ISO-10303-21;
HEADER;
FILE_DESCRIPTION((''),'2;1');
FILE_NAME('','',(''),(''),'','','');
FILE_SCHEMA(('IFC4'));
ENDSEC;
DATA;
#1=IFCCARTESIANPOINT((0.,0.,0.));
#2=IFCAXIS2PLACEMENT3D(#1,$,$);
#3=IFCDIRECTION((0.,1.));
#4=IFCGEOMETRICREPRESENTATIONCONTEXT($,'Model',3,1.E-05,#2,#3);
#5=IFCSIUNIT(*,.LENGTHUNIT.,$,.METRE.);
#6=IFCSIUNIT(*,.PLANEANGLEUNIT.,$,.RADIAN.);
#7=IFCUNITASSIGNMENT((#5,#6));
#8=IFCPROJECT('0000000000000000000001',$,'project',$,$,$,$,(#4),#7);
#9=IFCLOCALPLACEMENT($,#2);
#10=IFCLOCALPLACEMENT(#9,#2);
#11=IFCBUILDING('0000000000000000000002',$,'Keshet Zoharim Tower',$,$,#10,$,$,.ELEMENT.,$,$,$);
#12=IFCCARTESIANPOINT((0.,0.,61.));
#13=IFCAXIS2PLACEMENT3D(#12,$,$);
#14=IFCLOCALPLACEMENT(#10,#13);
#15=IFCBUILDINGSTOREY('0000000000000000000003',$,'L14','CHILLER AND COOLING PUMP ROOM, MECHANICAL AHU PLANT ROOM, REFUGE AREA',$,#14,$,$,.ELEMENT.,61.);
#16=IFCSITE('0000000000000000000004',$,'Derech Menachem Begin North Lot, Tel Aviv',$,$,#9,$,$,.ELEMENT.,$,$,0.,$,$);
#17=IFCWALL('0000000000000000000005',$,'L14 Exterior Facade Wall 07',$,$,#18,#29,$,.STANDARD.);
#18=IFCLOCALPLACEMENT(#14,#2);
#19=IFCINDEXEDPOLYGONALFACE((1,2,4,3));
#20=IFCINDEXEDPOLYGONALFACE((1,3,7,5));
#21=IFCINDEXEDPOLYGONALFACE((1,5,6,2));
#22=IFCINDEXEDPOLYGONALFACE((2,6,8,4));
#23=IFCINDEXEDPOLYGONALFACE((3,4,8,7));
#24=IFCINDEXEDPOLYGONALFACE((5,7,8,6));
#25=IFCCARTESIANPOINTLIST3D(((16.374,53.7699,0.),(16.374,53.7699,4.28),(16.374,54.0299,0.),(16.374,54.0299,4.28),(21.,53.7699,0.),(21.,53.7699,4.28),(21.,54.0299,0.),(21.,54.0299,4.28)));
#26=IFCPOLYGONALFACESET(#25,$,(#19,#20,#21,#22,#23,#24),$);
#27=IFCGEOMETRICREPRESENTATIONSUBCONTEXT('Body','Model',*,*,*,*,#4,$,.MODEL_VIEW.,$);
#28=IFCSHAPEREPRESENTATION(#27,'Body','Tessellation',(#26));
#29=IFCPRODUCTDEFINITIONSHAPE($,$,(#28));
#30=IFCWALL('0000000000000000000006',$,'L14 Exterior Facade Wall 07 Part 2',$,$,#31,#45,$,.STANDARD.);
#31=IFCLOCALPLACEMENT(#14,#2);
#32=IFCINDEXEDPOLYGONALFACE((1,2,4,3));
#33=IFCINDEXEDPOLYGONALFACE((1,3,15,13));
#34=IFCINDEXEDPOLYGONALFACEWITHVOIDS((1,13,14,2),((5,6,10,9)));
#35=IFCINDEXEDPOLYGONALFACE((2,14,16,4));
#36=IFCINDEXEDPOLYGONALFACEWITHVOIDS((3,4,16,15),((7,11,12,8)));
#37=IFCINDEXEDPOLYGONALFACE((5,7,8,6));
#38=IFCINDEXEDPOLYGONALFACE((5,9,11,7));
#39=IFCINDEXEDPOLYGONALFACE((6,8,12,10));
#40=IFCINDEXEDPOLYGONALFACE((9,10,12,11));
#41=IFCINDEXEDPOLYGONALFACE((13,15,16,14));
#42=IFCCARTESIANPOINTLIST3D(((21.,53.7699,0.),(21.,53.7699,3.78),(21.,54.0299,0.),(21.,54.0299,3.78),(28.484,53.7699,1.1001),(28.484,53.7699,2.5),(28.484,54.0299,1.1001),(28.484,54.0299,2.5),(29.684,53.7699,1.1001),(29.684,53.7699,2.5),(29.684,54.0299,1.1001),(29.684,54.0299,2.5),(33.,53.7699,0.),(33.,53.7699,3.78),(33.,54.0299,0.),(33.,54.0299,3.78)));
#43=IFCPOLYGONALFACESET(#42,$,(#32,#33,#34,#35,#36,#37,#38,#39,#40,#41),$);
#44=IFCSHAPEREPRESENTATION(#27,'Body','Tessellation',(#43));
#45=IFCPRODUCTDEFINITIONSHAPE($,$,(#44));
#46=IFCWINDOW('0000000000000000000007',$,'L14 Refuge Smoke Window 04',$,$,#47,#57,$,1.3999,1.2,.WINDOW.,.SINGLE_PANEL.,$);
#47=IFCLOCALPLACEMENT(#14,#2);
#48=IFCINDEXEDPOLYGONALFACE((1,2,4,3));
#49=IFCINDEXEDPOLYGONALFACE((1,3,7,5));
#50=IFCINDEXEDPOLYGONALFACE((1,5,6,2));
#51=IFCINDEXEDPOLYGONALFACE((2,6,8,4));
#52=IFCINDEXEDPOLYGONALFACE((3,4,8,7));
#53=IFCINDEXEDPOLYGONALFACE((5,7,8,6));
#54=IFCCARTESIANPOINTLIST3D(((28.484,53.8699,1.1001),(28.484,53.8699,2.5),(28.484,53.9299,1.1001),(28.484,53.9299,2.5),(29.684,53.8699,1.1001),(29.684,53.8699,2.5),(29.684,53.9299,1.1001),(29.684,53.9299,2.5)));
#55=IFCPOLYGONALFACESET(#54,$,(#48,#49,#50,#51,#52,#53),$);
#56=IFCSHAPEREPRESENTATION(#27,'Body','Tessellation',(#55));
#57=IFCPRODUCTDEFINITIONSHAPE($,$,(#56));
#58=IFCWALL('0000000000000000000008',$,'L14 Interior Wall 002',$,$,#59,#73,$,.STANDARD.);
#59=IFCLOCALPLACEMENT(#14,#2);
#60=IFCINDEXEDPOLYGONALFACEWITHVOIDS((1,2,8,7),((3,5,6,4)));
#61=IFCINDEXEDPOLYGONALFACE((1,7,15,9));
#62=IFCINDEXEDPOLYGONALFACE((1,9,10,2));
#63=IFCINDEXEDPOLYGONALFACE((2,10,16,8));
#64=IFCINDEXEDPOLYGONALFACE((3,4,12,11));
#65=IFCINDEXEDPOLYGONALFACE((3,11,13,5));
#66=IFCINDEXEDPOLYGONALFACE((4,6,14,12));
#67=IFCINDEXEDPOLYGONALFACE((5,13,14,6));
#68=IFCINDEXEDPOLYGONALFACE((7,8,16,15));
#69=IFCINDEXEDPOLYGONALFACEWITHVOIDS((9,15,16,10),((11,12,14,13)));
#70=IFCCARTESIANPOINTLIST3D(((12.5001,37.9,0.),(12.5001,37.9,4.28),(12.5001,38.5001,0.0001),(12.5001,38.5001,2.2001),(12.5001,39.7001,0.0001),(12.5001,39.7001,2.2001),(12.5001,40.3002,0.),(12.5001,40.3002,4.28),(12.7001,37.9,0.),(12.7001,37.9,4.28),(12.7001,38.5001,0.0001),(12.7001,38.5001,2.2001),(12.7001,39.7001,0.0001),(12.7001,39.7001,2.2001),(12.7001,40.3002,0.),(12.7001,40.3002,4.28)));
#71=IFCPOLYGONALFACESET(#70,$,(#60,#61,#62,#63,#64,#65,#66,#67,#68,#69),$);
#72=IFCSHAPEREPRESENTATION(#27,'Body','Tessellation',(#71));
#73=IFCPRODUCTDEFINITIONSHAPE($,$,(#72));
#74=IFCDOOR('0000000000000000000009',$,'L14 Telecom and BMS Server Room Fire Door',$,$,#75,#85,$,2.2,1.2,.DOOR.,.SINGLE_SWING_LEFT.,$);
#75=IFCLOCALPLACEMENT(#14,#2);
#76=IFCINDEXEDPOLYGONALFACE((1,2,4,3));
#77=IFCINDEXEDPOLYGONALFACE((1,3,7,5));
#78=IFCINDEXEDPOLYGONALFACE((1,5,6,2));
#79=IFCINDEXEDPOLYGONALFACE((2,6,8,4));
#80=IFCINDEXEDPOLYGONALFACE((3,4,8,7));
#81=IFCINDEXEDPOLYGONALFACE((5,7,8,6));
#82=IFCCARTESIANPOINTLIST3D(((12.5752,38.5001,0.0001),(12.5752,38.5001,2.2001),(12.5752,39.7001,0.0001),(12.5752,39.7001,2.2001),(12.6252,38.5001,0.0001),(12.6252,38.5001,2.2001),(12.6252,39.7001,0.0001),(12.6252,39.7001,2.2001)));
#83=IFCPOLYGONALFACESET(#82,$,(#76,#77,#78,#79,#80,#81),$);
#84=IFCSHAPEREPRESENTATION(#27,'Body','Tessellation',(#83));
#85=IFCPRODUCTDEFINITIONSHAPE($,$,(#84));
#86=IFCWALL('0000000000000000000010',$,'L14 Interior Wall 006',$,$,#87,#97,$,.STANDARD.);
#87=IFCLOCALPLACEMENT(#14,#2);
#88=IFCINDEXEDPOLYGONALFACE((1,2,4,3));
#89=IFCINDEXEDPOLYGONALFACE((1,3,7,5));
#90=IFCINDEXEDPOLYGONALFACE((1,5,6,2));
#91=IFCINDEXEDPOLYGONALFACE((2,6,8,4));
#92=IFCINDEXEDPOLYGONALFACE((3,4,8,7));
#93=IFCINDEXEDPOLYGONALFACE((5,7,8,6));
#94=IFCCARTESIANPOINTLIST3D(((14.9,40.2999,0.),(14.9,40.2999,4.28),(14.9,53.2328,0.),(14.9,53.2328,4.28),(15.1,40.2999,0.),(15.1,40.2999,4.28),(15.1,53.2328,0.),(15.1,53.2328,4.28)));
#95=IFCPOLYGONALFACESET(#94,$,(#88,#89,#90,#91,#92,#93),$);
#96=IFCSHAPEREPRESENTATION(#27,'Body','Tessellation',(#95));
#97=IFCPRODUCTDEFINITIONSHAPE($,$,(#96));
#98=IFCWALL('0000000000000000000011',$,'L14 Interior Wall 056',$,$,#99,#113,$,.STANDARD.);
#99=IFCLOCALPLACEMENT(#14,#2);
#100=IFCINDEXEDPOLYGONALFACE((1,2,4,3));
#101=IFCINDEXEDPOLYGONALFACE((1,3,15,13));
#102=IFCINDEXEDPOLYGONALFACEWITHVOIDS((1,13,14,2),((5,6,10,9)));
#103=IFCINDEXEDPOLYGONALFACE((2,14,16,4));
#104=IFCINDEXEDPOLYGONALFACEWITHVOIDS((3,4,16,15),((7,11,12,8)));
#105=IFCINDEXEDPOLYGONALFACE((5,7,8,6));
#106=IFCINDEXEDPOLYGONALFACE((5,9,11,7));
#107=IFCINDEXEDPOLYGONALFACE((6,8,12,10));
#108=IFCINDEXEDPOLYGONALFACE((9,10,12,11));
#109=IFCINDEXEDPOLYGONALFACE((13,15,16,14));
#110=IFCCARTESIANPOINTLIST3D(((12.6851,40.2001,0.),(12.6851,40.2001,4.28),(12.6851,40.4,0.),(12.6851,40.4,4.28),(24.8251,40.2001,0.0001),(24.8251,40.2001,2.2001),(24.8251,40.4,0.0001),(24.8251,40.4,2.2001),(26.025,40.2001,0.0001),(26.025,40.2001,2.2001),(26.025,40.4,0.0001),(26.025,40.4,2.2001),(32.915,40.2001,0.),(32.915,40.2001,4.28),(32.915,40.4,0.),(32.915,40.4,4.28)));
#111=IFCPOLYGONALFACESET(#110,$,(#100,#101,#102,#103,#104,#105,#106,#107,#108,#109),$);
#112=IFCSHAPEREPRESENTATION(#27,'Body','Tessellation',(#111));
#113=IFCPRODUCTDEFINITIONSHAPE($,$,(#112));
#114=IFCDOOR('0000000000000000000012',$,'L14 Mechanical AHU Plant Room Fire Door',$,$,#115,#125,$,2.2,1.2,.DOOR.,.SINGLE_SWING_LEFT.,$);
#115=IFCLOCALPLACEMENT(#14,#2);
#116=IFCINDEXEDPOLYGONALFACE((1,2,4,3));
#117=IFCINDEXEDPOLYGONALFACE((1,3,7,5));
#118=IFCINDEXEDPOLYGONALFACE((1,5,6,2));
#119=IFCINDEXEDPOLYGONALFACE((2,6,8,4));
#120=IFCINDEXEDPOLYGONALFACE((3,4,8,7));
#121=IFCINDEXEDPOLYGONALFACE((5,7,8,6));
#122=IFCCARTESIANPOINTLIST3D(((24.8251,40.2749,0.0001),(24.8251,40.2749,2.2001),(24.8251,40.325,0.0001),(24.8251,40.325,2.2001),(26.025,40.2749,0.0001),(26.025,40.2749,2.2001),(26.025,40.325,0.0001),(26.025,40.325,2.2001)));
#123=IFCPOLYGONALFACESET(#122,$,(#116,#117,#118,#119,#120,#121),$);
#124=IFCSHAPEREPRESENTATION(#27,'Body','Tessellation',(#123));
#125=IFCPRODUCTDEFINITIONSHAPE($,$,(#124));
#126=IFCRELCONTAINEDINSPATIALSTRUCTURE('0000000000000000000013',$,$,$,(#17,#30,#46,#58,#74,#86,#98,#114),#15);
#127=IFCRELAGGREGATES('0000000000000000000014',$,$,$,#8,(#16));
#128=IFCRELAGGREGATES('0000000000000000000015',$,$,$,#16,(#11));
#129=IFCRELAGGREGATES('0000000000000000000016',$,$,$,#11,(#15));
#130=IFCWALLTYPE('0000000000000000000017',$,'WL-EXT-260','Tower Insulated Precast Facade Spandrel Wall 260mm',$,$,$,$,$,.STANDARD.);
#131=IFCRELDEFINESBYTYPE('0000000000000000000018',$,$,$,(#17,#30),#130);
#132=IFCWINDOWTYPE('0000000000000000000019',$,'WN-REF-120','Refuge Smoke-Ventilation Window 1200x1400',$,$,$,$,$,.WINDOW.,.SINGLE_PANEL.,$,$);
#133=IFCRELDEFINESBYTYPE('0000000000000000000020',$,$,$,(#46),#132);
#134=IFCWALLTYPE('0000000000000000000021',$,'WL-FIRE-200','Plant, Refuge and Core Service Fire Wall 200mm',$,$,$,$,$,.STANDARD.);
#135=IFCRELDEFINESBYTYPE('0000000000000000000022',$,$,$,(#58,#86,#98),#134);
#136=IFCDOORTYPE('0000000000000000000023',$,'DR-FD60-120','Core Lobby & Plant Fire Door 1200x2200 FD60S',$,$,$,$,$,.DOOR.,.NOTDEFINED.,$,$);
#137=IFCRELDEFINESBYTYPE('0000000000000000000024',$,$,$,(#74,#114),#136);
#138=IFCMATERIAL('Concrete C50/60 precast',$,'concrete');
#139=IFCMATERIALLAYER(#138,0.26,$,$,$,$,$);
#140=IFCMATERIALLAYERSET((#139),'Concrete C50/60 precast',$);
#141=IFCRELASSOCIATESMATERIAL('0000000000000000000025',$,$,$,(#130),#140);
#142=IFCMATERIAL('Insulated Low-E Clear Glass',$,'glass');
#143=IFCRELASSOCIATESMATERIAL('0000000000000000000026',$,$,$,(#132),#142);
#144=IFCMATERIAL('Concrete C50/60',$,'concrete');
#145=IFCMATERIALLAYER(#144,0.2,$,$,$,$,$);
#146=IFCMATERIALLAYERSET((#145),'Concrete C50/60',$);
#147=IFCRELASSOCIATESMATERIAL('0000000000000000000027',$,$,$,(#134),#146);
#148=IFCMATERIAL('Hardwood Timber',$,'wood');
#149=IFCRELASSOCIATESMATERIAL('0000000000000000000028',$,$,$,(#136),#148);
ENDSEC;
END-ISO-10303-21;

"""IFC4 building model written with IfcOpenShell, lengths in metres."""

from ifc_helpers import new_model, si_unit, direction, frame, frame_2d, origin, place, context, subcontext, project, spatial, rectangle, extrude, material, layer, layer_set, type_object, element, fill, save


model = new_model("IFC4")

# Units and contexts
model_context = context("Model", 3, precision=1e-05, world=origin(), true_north=direction((0.0, 1.0)))
body_context = subcontext(model_context, "Body", "Model", "MODEL_VIEW")
ifc_project = project(units=[si_unit("LENGTHUNIT", "METRE"), si_unit("PLANEANGLEUNIT", "RADIAN")], contexts=[model_context])

# Site, building, storey
site_placement = place(None, origin())
site = spatial("IfcSite", under=ifc_project, at=site_placement, Name="Derech Menachem Begin North Lot, Tel Aviv", CompositionType="ELEMENT", RefElevation=0.0)
building_placement = place(site_placement, origin())
building = spatial("IfcBuilding", under=site, at=building_placement, Name="Keshet Zoharim Tower", CompositionType="ELEMENT")
storey_placement = place(building_placement, frame((0.0, 0.0, 61.0)))
storey = spatial("IfcBuildingStorey", under=building, at=storey_placement, Name="L14", Description="CHILLER AND COOLING PUMP ROOM, MECHANICAL AHU PLANT ROOM, REFUGE AREA", CompositionType="ELEMENT", Elevation=61.0)

# Wall
ifc_material_1 = material(Name="Concrete C50/60 precast", Category="concrete")
ifc_layer_1 = layer(ifc_material_1, 0.26)
ifc_layer_set_1 = layer_set([ifc_layer_1], Name="Concrete C50/60 precast")
wall_type_1 = type_object("IfcWallType", Name="WL-EXT-260", Description="Tower Insulated Precast Facade Spandrel Wall 260mm", PredefinedType="STANDARD", material=ifc_layer_set_1)
wall_1_placement = place(storey_placement, frame((16.374, 53.8999, 0.0), z_axis=(0.0, 0.0, 1.0), x_axis=(1.0, 0.0, 0.0)))
element("IfcWall", 1, at=wall_1_placement, inside=storey, type_object=wall_type_1, Name="L14 Exterior Facade Wall 07", PredefinedType="STANDARD", context=body_context, shape_type="SweptSolid", body=[
    extrude(rectangle(XDim=4.626, YDim=0.26, at=frame_2d((2.313, 0.0))), origin(), (0.0, 0.0, 1.0), 4.28),
])

# Wall, opening, window
wall_2_placement = place(storey_placement, frame((21.0, 53.8999, 0.0), z_axis=(0.0, 0.0, 1.0), x_axis=(1.0, 0.0, 0.0)))
wall_2 = element("IfcWall", 2, at=wall_2_placement, inside=storey, type_object=wall_type_1, Name="L14 Exterior Facade Wall 07 Part 2", PredefinedType="STANDARD", context=body_context, shape_type="SweptSolid", body=[
    extrude(rectangle(XDim=12.0, YDim=0.26, at=frame_2d((6.0, 0.0))), origin(), (0.0, 0.0, 1.0), 3.78),
])
opening_1_placement = place(wall_2_placement, frame((7.4839, 0.0, 1.1001)))
opening_1 = element("IfcOpeningElement", 3, at=opening_1_placement, cuts=wall_2, PredefinedType="OPENING", context=body_context, shape_type="SweptSolid", body=[
    extrude(rectangle(XDim=1.2, YDim=1.3999, at=frame_2d((0.6001, 0.7))), frame((0.0, 0.1401, 0.0), z_axis=(0.0, -1.0, 0.0), x_axis=(1.0, 0.0, 0.0)), (0.0, 0.0, 1.0), 0.28),
])
ifc_material_2 = material(Name="Insulated Low-E Clear Glass", Category="glass")
window_type = type_object("IfcWindowType", Name="WN-REF-120", Description="Refuge Smoke-Ventilation Window 1200x1400", PartitioningType="SINGLE_PANEL", PredefinedType="WINDOW", material=ifc_material_2)
window_placement = place(opening_1_placement, origin())
window = element("IfcWindow", 4, at=window_placement, inside=storey, type_object=window_type, Name="L14 Refuge Smoke Window 04", OverallHeight=1.3999, OverallWidth=1.2, PartitioningType="SINGLE_PANEL", PredefinedType="WINDOW", context=body_context, shape_type="SweptSolid", body=[
    extrude(rectangle(XDim=1.2, YDim=1.3999, at=frame_2d((0.6001, 0.7))), frame((0.0, 0.03, 0.0), z_axis=(0.0, -1.0, 0.0), x_axis=(1.0, 0.0, 0.0)), (0.0, 0.0, 1.0), 0.0601),
])
fill(opening_1, window)

# Wall, opening, door
ifc_material_3 = material(Name="Concrete C50/60", Category="concrete")
ifc_layer_2 = layer(ifc_material_3, 0.2)
ifc_layer_set_2 = layer_set([ifc_layer_2], Name="Concrete C50/60")
wall_type_2 = type_object("IfcWallType", Name="WL-FIRE-200", Description="Plant, Refuge and Core Service Fire Wall 200mm", PredefinedType="STANDARD", material=ifc_layer_set_2)
wall_3_placement = place(storey_placement, frame((12.6001, 37.8999, 0.0), z_axis=(0.0, 0.0, 1.0), x_axis=(0.0, 1.0, 0.0)))
wall_3 = element("IfcWall", 5, at=wall_3_placement, inside=storey, type_object=wall_type_2, Name="L14 Interior Wall 002", PredefinedType="STANDARD", context=body_context, shape_type="SweptSolid", body=[
    extrude(rectangle(XDim=2.4001, YDim=0.2, at=frame_2d((1.2002, 0.0))), origin(), (0.0, 0.0, 1.0), 4.28),
])
opening_2_placement = place(wall_3_placement, frame((0.6001, 0.0, 0.0)))
opening_2 = element("IfcOpeningElement", 6, at=opening_2_placement, cuts=wall_3, PredefinedType="OPENING", context=body_context, shape_type="SweptSolid", body=[
    extrude(rectangle(XDim=1.2, YDim=2.2, at=frame_2d((0.6001, 1.1001))), frame((0.0, 0.1099, 0.0), z_axis=(0.0, -1.0, 0.0), x_axis=(1.0, 0.0, 0.0)), (0.0, 0.0, 1.0), 0.22),
])
ifc_material_4 = material(Name="Hardwood Timber", Category="wood")
door_type = type_object("IfcDoorType", Name="DR-FD60-120", Description="Core Lobby & Plant Fire Door 1200x2200 FD60S", OperationType="NOTDEFINED", PredefinedType="DOOR", material=ifc_material_4)
door_1_placement = place(opening_2_placement, origin())
door_1 = element("IfcDoor", 7, at=door_1_placement, inside=storey, type_object=door_type, Name="L14 Telecom and BMS Server Room Fire Door", OperationType="SINGLE_SWING_LEFT", OverallHeight=2.2, OverallWidth=1.2, PredefinedType="DOOR", context=body_context, shape_type="SweptSolid", body=[
    extrude(rectangle(XDim=1.2, YDim=2.2, at=frame_2d((0.6001, 1.1001))), frame((0.0, 0.0249, 0.0), z_axis=(0.0, -1.0, 0.0), x_axis=(1.0, 0.0, 0.0)), (0.0, 0.0, 1.0), 0.05),
])
fill(opening_2, door_1)

# Wall
wall_4_placement = place(storey_placement, frame((15.0, 40.3, 0.0), z_axis=(0.0, 0.0, 1.0), x_axis=(0.0, 1.0, 0.0)))
element("IfcWall", 8, at=wall_4_placement, inside=storey, type_object=wall_type_2, Name="L14 Interior Wall 006", PredefinedType="STANDARD", context=body_context, shape_type="SweptSolid", body=[
    extrude(rectangle(XDim=12.9329, YDim=0.2, at=frame_2d((6.4663, 0.0))), origin(), (0.0, 0.0, 1.0), 4.28),
])

# Wall, opening, door
wall_5_placement = place(storey_placement, frame((12.6851, 40.3, 0.0), z_axis=(0.0, 0.0, 1.0), x_axis=(1.0, 0.0, 0.0)))
wall_5 = element("IfcWall", 9, at=wall_5_placement, inside=storey, type_object=wall_type_2, Name="L14 Interior Wall 056", PredefinedType="STANDARD", context=body_context, shape_type="SweptSolid", body=[
    extrude(rectangle(XDim=20.23, YDim=0.2, at=frame_2d((10.115, 0.0))), origin(), (0.0, 0.0, 1.0), 4.28),
])
opening_3_placement = place(wall_5_placement, frame((12.1399, 0.0, 0.0)))
opening_3 = element("IfcOpeningElement", 10, at=opening_3_placement, cuts=wall_5, PredefinedType="OPENING", context=body_context, shape_type="SweptSolid", body=[
    extrude(rectangle(XDim=1.2, YDim=2.2, at=frame_2d((0.6001, 1.1001))), frame((0.0, 0.1099, 0.0), z_axis=(0.0, -1.0, 0.0), x_axis=(1.0, 0.0, 0.0)), (0.0, 0.0, 1.0), 0.22),
])
door_2_placement = place(opening_3_placement, origin())
door_2 = element("IfcDoor", 11, at=door_2_placement, inside=storey, type_object=door_type, Name="L14 Mechanical AHU Plant Room Fire Door", OperationType="SINGLE_SWING_LEFT", OverallHeight=2.2, OverallWidth=1.2, PredefinedType="DOOR", context=body_context, shape_type="SweptSolid", body=[
    extrude(rectangle(XDim=1.2, YDim=2.2, at=frame_2d((0.6001, 1.1001))), frame((0.0, 0.0249, 0.0), z_axis=(0.0, -1.0, 0.0), x_axis=(1.0, 0.0, 0.0)), (0.0, 0.0, 1.0), 0.05),
])
fill(opening_3, door_2)

save(model, "model.ifc")
